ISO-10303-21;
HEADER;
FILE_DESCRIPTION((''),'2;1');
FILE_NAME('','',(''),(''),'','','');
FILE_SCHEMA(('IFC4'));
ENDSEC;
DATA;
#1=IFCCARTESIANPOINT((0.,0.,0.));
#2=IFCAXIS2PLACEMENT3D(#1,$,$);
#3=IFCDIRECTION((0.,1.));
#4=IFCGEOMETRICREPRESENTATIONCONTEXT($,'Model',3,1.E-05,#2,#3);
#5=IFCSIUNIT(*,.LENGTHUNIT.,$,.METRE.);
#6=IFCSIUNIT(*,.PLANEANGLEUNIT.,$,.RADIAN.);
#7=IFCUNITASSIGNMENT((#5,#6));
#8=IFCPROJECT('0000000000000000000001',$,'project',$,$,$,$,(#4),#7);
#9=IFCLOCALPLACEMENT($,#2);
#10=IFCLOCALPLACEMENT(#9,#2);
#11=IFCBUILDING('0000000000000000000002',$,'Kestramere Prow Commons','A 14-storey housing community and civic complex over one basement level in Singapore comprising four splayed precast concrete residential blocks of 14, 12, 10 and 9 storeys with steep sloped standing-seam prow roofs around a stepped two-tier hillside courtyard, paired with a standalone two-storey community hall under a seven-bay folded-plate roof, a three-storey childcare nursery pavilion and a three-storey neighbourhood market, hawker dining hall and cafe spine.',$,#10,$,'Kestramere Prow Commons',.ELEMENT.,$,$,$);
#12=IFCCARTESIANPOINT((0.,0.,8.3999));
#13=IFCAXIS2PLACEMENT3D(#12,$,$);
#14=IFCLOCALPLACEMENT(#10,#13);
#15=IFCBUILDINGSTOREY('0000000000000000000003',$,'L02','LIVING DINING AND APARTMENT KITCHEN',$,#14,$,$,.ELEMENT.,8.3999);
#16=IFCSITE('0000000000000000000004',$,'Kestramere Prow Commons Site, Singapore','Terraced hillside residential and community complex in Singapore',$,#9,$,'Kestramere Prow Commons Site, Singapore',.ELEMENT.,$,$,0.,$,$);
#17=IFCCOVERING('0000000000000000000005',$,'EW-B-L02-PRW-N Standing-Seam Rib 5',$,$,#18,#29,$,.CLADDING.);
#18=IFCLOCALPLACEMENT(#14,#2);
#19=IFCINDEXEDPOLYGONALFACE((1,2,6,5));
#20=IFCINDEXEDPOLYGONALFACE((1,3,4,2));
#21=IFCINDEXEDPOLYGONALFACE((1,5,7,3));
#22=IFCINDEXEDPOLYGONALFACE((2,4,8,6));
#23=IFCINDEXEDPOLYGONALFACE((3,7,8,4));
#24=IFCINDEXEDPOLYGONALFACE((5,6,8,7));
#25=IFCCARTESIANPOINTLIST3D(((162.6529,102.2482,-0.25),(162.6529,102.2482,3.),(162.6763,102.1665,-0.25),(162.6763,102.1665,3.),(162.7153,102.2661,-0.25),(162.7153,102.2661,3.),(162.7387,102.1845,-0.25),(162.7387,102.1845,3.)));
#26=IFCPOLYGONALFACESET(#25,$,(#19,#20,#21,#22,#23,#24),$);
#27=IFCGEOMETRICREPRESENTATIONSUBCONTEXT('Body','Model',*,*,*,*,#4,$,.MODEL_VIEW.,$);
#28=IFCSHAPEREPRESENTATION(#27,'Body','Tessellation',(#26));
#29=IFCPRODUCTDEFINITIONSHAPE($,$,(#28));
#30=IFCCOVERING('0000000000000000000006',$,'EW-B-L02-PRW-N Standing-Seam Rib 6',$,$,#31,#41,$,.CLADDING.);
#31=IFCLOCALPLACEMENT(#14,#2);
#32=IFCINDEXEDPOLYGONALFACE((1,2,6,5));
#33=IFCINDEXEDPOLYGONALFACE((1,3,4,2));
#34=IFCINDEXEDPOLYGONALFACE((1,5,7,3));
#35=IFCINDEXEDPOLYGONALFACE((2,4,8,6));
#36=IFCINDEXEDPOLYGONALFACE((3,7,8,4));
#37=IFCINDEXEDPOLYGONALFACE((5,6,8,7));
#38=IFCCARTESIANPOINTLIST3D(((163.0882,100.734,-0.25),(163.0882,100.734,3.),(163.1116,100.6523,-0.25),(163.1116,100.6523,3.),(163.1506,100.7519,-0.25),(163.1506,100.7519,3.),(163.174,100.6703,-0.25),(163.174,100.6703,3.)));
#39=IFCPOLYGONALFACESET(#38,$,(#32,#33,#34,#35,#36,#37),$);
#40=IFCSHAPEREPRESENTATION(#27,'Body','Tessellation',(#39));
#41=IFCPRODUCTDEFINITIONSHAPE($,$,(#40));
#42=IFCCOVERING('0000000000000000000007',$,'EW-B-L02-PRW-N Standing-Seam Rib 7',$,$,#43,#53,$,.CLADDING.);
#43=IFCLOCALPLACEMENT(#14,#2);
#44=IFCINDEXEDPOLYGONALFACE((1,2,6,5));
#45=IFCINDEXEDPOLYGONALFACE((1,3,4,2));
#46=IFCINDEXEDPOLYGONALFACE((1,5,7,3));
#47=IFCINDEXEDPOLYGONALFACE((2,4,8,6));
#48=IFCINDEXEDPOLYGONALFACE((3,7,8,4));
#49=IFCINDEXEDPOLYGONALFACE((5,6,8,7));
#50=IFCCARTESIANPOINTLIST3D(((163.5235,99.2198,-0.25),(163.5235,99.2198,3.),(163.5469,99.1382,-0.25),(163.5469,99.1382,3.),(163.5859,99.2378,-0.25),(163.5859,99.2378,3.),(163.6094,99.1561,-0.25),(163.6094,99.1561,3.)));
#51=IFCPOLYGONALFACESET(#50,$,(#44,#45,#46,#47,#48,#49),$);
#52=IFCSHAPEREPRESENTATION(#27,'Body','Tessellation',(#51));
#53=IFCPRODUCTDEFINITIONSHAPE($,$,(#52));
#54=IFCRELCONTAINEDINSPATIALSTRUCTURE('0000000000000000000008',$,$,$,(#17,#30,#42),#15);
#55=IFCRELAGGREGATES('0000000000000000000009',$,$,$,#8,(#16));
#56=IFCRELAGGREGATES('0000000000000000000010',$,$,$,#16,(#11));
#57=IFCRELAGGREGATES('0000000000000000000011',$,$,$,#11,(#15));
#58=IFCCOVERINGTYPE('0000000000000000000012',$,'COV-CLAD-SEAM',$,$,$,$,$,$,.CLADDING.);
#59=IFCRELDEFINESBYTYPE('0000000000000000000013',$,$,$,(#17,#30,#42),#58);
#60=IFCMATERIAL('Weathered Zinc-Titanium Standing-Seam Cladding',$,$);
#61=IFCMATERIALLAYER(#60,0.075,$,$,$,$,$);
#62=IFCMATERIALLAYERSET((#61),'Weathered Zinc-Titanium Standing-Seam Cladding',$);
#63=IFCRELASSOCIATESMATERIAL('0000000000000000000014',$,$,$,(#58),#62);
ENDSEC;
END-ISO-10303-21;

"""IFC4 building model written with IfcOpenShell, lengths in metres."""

from ifc_helpers import new_model, si_unit, direction, frame, origin, origin_2d, place, context, subcontext, project, spatial, rectangle, extrude, material, layer, layer_set, type_object, element, save


model = new_model("IFC4")

# Units and contexts
model_context = context("Model", 3, precision=1e-05, world=origin(), true_north=direction((0.0, 1.0)))
body_context = subcontext(model_context, "Body", "Model", "MODEL_VIEW")
ifc_project = project(units=[si_unit("LENGTHUNIT", "METRE"), si_unit("PLANEANGLEUNIT", "RADIAN")], contexts=[model_context])

# Site, building, storey
site_placement = place(None, origin())
site = spatial("IfcSite", under=ifc_project, at=site_placement, Name="Kestramere Prow Commons Site, Singapore", Description="Terraced hillside residential and community complex in Singapore", LongName="Kestramere Prow Commons Site, Singapore", CompositionType="ELEMENT", RefElevation=0.0)
building_placement = place(site_placement, origin())
building = spatial("IfcBuilding", under=site, at=building_placement, Name="Kestramere Prow Commons", Description="A 14-storey housing community and civic complex over one basement level in Singapore comprising four splayed precast concrete residential blocks of 14, 12, 10 and 9 storeys with steep sloped standing-seam prow roofs around a stepped two-tier hillside courtyard, paired with a standalone two-storey community hall under a seven-bay folded-plate roof, a three-storey childcare nursery pavilion and a three-storey neighbourhood market, hawker dining hall and cafe spine.", LongName="Kestramere Prow Commons", CompositionType="ELEMENT")
storey_placement = place(building_placement, frame((0.0, 0.0, 8.3999)))
storey = spatial("IfcBuildingStorey", under=building, at=storey_placement, Name="L02", Description="LIVING DINING AND APARTMENT KITCHEN", CompositionType="ELEMENT", Elevation=8.3999)

# Shared definitions
ifc_material_1 = material(Name="Weathered Zinc-Titanium Standing-Seam Cladding")

# Coverings
ifc_layer_1 = layer(ifc_material_1, 0.075)
ifc_layer_set_1 = layer_set([ifc_layer_1], Name="Weathered Zinc-Titanium Standing-Seam Cladding")
covering_type = type_object("IfcCoveringType", Name="COV-CLAD-SEAM", PredefinedType="CLADDING", material=ifc_layer_set_1)
for number, where, z_axis, x_axis, name in (
    (1, (162.6958, 102.2163, -0.25), (0.0, 0.0, 1.0), (0.276318, -0.961066, 0.0), "EW-B-L02-PRW-N Standing-Seam Rib 5"),
    (2, (163.1311, 100.7021, -0.25), (0.0, 0.0, 1.0), (0.276318, -0.961066, 0.0), "EW-B-L02-PRW-N Standing-Seam Rib 6"),
    (3, (163.5664, 99.188, -0.25), (0.0, 0.0, 1.0), (0.276318, -0.961066, 0.0), "EW-B-L02-PRW-N Standing-Seam Rib 7"),
):
    element("IfcCovering", number, at=place(storey_placement, frame(where, z_axis=z_axis, x_axis=x_axis)), inside=storey, type_object=covering_type, Name=name, PredefinedType="CLADDING", context=body_context, shape_type="SweptSolid", body=[
        extrude(rectangle(XDim=0.085, YDim=0.0649, at=origin_2d()), origin(), (0.0, 0.0, 1.0), 3.25),
    ])

save(model, "model.ifc")
